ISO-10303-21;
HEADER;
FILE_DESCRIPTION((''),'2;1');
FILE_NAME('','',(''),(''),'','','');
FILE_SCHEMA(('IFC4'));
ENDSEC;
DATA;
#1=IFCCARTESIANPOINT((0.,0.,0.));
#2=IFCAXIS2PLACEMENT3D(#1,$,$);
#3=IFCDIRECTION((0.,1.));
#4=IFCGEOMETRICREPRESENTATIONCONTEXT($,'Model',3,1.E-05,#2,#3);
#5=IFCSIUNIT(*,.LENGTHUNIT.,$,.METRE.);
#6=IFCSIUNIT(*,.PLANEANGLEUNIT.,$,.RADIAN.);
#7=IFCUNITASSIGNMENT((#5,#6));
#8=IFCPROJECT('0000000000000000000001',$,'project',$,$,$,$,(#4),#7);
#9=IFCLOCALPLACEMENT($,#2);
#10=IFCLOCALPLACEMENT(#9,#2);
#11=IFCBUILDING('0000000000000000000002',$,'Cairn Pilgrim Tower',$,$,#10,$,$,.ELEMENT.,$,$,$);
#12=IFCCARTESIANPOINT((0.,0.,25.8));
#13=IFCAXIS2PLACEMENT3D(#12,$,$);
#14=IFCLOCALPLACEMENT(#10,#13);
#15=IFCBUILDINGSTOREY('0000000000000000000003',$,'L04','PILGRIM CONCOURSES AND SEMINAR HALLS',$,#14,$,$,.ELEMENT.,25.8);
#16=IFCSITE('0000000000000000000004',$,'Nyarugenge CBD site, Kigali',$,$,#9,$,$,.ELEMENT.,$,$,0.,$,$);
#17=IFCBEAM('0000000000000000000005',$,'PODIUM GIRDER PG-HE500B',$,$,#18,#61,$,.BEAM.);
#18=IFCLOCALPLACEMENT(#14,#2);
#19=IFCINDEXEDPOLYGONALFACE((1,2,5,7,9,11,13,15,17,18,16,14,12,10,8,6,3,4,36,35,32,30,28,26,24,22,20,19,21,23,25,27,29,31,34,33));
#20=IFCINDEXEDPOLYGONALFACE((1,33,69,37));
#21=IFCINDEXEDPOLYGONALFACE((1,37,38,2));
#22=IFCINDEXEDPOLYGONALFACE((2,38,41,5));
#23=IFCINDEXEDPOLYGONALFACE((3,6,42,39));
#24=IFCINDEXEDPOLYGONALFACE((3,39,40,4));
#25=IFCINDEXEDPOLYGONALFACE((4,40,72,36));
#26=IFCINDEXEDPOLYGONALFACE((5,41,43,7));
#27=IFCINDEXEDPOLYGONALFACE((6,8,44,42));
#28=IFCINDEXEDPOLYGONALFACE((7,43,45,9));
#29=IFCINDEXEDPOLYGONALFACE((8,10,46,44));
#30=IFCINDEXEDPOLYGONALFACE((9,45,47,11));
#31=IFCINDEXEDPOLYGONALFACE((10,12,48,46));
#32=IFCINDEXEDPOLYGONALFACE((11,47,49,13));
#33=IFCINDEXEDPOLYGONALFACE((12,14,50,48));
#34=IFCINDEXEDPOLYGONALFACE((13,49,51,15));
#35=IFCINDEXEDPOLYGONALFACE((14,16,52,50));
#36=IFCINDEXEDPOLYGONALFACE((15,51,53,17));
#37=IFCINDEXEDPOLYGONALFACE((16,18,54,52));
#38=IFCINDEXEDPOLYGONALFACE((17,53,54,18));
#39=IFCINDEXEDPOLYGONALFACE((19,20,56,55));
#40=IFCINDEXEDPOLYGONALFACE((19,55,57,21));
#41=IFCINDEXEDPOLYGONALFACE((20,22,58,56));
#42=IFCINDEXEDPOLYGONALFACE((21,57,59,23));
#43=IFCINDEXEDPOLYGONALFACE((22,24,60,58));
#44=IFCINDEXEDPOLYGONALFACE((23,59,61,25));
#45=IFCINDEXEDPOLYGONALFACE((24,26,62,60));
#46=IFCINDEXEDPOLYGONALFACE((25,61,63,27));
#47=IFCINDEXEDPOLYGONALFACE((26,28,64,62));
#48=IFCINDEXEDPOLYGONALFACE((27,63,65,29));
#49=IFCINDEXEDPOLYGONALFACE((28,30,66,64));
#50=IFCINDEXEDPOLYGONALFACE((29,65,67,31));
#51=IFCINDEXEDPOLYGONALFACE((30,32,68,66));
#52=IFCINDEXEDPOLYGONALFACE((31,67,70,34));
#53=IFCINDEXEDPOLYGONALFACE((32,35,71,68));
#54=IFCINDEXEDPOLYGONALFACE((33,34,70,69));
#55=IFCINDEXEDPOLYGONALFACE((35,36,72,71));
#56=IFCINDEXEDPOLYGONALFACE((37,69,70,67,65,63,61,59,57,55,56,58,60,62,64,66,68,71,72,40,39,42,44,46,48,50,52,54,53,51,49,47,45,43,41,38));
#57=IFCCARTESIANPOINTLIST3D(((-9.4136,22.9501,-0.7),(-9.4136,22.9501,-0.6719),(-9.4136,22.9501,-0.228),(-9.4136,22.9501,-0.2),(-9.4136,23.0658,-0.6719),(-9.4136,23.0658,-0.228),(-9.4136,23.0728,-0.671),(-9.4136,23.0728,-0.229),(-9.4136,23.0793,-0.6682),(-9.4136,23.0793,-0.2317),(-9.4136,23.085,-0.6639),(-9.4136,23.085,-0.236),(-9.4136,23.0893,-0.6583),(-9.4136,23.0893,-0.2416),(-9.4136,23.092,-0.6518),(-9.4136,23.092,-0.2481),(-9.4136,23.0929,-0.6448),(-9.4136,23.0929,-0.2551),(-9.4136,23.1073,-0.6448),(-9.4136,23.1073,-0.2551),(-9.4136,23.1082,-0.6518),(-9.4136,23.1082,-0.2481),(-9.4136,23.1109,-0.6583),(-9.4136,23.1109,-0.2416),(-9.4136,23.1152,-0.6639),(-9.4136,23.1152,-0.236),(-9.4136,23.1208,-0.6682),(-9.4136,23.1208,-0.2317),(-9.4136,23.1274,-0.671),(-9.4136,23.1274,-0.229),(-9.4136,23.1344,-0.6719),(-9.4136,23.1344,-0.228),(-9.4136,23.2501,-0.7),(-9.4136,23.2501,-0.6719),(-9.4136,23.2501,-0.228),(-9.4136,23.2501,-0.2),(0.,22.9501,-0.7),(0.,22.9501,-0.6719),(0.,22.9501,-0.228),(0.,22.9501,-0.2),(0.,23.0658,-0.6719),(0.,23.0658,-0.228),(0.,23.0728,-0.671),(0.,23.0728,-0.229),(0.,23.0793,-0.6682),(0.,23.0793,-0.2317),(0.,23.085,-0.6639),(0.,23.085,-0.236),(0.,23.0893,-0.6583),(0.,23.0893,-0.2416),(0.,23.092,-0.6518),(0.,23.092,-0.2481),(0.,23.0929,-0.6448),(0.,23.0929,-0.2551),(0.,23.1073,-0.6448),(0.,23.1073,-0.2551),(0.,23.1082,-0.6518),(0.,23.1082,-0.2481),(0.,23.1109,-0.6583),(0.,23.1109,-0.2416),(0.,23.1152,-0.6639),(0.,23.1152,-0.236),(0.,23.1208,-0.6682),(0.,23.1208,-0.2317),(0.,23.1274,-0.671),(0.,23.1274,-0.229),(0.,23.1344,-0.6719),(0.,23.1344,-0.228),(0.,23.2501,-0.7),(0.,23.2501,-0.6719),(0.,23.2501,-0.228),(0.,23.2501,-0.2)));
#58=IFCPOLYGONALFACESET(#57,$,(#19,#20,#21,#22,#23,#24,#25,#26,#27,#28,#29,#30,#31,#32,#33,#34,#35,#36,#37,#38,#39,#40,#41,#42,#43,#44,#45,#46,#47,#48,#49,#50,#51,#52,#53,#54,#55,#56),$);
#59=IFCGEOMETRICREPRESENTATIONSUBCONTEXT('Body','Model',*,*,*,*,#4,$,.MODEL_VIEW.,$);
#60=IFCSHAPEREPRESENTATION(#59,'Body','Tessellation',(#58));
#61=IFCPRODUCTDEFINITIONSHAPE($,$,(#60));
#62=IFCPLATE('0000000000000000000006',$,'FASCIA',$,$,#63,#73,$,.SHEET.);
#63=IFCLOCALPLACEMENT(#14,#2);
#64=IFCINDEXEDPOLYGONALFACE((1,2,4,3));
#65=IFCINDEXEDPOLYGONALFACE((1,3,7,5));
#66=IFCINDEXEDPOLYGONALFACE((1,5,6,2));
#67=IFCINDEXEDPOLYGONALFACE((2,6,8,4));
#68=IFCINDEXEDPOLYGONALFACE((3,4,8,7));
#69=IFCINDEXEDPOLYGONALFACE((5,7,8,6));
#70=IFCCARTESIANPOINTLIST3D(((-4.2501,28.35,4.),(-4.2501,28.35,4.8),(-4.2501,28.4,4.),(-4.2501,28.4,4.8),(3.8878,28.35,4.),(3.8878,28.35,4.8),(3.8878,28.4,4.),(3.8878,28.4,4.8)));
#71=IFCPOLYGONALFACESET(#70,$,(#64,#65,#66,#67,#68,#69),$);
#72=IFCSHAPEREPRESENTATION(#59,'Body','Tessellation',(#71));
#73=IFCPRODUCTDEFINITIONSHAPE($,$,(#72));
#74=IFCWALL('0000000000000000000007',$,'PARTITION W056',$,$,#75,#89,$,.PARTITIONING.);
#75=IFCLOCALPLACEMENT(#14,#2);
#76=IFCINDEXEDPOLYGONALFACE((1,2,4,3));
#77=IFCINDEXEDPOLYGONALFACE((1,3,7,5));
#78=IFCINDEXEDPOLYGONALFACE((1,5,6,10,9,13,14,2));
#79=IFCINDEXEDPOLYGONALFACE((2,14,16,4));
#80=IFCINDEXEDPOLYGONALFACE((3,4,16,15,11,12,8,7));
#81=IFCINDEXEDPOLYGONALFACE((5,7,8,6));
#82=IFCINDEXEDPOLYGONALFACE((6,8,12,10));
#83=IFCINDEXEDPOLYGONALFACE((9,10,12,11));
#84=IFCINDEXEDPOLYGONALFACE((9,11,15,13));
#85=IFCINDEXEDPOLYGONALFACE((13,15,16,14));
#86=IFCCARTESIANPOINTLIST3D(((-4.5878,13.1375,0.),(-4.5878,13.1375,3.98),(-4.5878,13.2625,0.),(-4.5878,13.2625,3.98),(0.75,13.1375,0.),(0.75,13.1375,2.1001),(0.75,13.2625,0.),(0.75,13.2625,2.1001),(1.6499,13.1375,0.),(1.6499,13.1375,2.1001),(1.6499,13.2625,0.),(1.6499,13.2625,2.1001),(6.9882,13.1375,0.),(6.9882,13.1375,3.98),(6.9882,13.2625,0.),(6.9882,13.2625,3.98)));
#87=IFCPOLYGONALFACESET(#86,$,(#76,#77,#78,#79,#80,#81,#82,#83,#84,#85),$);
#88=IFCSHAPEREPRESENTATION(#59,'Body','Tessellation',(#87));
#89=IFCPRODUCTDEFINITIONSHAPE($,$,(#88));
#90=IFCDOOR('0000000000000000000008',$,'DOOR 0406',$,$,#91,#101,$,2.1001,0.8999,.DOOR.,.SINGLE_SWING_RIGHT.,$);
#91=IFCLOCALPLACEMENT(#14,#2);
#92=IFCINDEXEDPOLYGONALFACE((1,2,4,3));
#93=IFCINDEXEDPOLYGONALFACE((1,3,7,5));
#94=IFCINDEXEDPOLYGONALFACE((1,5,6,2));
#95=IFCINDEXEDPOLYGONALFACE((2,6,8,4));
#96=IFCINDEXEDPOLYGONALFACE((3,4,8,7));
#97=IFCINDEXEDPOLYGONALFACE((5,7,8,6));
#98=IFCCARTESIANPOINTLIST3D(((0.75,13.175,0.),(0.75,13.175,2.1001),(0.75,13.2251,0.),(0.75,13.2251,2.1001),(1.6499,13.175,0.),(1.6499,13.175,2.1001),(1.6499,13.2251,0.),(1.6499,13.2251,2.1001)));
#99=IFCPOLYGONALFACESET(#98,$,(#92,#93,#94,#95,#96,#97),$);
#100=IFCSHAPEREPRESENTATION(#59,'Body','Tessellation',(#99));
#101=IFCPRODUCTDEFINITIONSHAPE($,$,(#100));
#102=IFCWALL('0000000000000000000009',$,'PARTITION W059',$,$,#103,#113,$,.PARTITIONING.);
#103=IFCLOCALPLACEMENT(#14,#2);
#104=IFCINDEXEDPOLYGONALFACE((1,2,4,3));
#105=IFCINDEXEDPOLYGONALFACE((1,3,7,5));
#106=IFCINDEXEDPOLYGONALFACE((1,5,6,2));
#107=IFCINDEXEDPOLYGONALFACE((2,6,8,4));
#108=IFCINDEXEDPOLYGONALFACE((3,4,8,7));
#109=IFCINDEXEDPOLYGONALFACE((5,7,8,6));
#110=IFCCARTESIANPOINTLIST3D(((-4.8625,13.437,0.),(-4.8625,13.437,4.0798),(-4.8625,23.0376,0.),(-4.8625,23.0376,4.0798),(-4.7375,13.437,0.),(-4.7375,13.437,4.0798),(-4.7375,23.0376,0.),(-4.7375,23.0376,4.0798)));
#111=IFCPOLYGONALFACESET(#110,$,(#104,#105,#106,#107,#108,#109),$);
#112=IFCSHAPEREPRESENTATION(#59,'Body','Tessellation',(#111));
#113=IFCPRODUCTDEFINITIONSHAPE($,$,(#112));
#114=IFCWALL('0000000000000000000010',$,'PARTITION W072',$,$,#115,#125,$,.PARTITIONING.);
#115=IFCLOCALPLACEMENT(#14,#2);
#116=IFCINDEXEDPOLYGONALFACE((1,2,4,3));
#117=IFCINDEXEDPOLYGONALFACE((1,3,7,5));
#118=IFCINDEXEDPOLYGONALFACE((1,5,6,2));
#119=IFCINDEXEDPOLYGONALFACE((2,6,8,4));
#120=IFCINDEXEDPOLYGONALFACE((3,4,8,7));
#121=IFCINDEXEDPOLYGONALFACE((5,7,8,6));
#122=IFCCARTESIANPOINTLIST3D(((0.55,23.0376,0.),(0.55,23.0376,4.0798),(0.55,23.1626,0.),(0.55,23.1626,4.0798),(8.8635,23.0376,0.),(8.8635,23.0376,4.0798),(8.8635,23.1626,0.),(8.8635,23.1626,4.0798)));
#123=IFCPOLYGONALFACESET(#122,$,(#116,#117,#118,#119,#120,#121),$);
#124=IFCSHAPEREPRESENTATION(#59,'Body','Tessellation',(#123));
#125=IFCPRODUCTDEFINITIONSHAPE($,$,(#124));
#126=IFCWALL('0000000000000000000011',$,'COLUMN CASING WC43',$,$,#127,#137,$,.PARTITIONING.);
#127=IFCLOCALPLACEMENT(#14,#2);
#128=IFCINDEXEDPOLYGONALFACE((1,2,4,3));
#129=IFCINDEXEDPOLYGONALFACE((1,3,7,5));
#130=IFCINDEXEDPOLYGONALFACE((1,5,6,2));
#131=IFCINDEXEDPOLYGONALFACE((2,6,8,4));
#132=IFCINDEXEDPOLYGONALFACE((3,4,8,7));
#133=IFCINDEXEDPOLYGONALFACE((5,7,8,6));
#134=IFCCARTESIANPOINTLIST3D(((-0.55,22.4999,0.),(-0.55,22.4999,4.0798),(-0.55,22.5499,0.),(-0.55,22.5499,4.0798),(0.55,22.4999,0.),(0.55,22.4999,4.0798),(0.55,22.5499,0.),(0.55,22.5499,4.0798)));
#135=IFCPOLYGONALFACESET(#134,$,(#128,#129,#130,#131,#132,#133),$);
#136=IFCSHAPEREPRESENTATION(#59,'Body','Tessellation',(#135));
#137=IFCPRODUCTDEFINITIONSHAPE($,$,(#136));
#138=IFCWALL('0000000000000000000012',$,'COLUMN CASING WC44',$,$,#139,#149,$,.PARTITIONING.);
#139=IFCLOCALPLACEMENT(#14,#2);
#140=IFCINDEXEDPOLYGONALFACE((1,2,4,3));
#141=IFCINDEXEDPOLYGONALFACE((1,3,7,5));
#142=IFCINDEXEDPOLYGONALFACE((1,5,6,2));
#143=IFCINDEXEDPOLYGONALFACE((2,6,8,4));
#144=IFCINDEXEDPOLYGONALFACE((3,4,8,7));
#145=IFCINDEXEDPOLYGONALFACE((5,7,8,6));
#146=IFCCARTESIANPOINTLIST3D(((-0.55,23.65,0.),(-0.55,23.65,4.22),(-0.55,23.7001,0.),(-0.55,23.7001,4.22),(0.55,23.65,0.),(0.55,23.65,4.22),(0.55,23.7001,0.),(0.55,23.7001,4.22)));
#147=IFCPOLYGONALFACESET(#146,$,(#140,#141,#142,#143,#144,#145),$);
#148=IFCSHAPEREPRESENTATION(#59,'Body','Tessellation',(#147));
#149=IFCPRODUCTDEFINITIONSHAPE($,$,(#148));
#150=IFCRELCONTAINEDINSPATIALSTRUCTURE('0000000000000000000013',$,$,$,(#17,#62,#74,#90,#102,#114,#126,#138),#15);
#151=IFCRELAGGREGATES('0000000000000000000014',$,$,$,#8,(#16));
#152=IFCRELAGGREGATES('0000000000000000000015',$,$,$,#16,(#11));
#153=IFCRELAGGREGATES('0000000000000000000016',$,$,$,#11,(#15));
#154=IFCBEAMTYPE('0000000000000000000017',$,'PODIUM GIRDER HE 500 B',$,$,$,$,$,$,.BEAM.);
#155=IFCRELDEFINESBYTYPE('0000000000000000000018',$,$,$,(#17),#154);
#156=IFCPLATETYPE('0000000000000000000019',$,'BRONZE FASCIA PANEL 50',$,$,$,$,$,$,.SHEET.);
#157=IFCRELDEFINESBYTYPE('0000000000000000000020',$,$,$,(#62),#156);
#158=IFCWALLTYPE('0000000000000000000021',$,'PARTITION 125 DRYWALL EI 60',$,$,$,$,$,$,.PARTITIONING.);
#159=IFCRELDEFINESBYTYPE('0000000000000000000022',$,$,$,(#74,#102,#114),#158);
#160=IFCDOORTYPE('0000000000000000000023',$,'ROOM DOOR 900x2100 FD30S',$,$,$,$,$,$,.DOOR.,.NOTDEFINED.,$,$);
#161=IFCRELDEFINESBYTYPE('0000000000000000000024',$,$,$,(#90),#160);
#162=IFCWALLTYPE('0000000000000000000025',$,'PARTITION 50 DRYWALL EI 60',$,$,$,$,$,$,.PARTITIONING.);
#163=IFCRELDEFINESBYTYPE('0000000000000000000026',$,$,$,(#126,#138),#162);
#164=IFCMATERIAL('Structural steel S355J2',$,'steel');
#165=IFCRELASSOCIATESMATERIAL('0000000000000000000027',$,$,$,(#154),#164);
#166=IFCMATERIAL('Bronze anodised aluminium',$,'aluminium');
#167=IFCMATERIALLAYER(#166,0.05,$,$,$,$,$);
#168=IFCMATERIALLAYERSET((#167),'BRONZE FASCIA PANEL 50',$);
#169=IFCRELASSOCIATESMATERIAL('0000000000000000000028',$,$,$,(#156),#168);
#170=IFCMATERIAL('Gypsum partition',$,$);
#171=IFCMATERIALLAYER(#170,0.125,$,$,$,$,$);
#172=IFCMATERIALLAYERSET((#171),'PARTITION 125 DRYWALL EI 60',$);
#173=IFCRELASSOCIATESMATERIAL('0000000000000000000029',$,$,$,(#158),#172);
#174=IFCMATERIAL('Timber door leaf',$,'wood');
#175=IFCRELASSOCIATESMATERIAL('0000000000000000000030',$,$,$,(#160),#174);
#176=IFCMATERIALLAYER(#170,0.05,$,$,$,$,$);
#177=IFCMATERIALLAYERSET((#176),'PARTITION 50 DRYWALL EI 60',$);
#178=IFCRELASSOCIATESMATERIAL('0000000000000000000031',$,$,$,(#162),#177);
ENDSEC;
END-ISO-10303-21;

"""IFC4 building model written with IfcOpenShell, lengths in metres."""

from ifc_helpers import new_model, si_unit, direction, frame, frame_2d, origin, origin_2d, place, context, subcontext, project, spatial, rectangle, i_section, extrude, material, layer, layer_set, material_profile, profile_set, type_object, element, fill, save


model = new_model("IFC4")

# Units and contexts
model_context = context("Model", 3, precision=1e-05, world=origin(), true_north=direction((0.0, 1.0)))
body_context = subcontext(model_context, "Body", "Model", "MODEL_VIEW")
ifc_project = project(units=[si_unit("LENGTHUNIT", "METRE"), si_unit("PLANEANGLEUNIT", "RADIAN")], contexts=[model_context])

# Site, building, storey
site_placement = place(None, origin())
site = spatial("IfcSite", under=ifc_project, at=site_placement, Name="Nyarugenge CBD site, Kigali", CompositionType="ELEMENT", RefElevation=0.0)
building_placement = place(site_placement, origin())
building = spatial("IfcBuilding", under=site, at=building_placement, Name="Cairn Pilgrim Tower", CompositionType="ELEMENT")
storey_placement = place(building_placement, frame((0.0, 0.0, 25.8)))
storey = spatial("IfcBuildingStorey", under=building, at=storey_placement, Name="L04", Description="PILGRIM CONCOURSES AND SEMINAR HALLS", CompositionType="ELEMENT", Elevation=25.8)

# Beam
ifc_material_1 = material(Name="Structural steel S355J2", Category="steel")
ifc_material_profile_1 = material_profile(ifc_material_1, i_section(OverallWidth=0.3, OverallDepth=0.5, WebThickness=0.0144, FlangeThickness=0.0281, FilletRadius=0.0271, at=origin_2d()), Name="HEB 500")
ifc_profile_set_1 = profile_set([ifc_material_profile_1], Name="Structural steel S355J2")
beam_type_1 = type_object("IfcBeamType", Name="PODIUM GIRDER HE 500 B", PredefinedType="BEAM", material=ifc_profile_set_1)
beam_1_placement = place(storey_placement, frame((0.0, 23.1001, -0.45), z_axis=(-1.0, 0.0, 0.0), x_axis=(0.0, -1.0, 0.0)))
element("IfcBeam", 1, at=beam_1_placement, inside=storey, type_object=beam_type_1, Name="PODIUM GIRDER PG-HE500B", PredefinedType="BEAM", context=body_context, shape_type="SweptSolid", body=[
    extrude(i_section(OverallWidth=0.3, OverallDepth=0.5, WebThickness=0.0144, FlangeThickness=0.0281, FilletRadius=0.0271, at=origin_2d()), origin(), (0.0, 0.0, 1.0), 9.4136),
])

# Plate
ifc_material_2 = material(Name="Bronze anodised aluminium", Category="aluminium")
ifc_layer_1 = layer(ifc_material_2, 0.05)
ifc_layer_set_1 = layer_set([ifc_layer_1], Name="BRONZE FASCIA PANEL 50")
plate_type = type_object("IfcPlateType", Name="BRONZE FASCIA PANEL 50", PredefinedType="SHEET", material=ifc_layer_set_1)
plate_placement = place(storey_placement, frame((-0.1812, 28.375, 4.0), z_axis=(0.0, 0.0, 1.0), x_axis=(-1.0, 0.0, 0.0)))
element("IfcPlate", 2, at=plate_placement, inside=storey, type_object=plate_type, Name="FASCIA", PredefinedType="SHEET", context=body_context, shape_type="SweptSolid", body=[
    extrude(rectangle(XDim=8.1379, YDim=0.05, at=origin_2d()), origin(), (0.0, 0.0, 1.0), 0.8),
])

# Wall, opening, door
ifc_material_3 = material(Name="Gypsum partition")
ifc_layer_2 = layer(ifc_material_3, 0.125)
ifc_layer_set_2 = layer_set([ifc_layer_2], Name="PARTITION 125 DRYWALL EI 60")
wall_type_1 = type_object("IfcWallType", Name="PARTITION 125 DRYWALL EI 60", PredefinedType="PARTITIONING", material=ifc_layer_set_2)
wall_1_placement = place(storey_placement, frame((-4.5879, 13.2, 0.0), z_axis=(0.0, 0.0, 1.0), x_axis=(1.0, 0.0, 0.0)))
wall_1 = element("IfcWall", 3, at=wall_1_placement, inside=storey, type_object=wall_type_1, Name="PARTITION W056", PredefinedType="PARTITIONING", context=body_context, shape_type="SweptSolid", body=[
    extrude(rectangle(XDim=11.5759, YDim=0.125, at=frame_2d((5.7881, 0.0))), origin(), (0.0, 0.0, 1.0), 3.98),
])
opening_1_placement = place(wall_1_placement, frame((5.3379, 0.0, 0.0)))
opening_1 = element("IfcOpeningElement", 4, at=opening_1_placement, cuts=wall_1, PredefinedType="OPENING", context=body_context, shape_type="SweptSolid", body=[
    extrude(rectangle(XDim=0.8999, YDim=2.1001, at=frame_2d((0.45, 1.05))), frame((0.0, 0.0725, 0.0), z_axis=(0.0, -1.0, 0.0), x_axis=(1.0, 0.0, 0.0)), (0.0, 0.0, 1.0), 0.145),
])
ifc_material_4 = material(Name="Timber door leaf", Category="wood")
door_type = type_object("IfcDoorType", Name="ROOM DOOR 900x2100 FD30S", OperationType="NOTDEFINED", PredefinedType="DOOR", material=ifc_material_4)
door_placement = place(opening_1_placement, frame((0.8999, 0.0, 0.0), z_axis=(0.0, 0.0, 1.0), x_axis=(-1.0, 0.0, 0.0)))
door = element("IfcDoor", 5, at=door_placement, inside=storey, type_object=door_type, Name="DOOR 0406", OperationType="SINGLE_SWING_RIGHT", OverallHeight=2.1001, OverallWidth=0.8999, PredefinedType="DOOR", context=body_context, shape_type="SweptSolid", body=[
    extrude(rectangle(XDim=0.8999, YDim=2.1001, at=frame_2d((0.45, 1.05))), frame((0.0, 0.0249, 0.0), z_axis=(0.0, -1.0, 0.0), x_axis=(1.0, 0.0, 0.0)), (0.0, 0.0, 1.0), 0.05),
])
fill(opening_1, door)

# Walls
wall_2_placement = place(storey_placement, frame((-4.8, 13.437, 0.0), z_axis=(0.0, 0.0, 1.0), x_axis=(0.0, 1.0, 0.0)))
element("IfcWall", 6, at=wall_2_placement, inside=storey, type_object=wall_type_1, Name="PARTITION W059", PredefinedType="PARTITIONING", context=body_context, shape_type="SweptSolid", body=[
    extrude(rectangle(XDim=9.6006, YDim=0.125, at=frame_2d((4.8003, 0.0))), origin(), (0.0, 0.0, 1.0), 4.0798),
])
wall_3_placement = place(storey_placement, frame((0.55, 23.1001, 0.0), z_axis=(0.0, 0.0, 1.0), x_axis=(1.0, 0.0, 0.0)))
element("IfcWall", 7, at=wall_3_placement, inside=storey, type_object=wall_type_1, Name="PARTITION W072", PredefinedType="PARTITIONING", context=body_context, shape_type="SweptSolid", body=[
    extrude(rectangle(XDim=8.3135, YDim=0.125, at=frame_2d((4.1567, 0.0))), origin(), (0.0, 0.0, 1.0), 4.0798),
])
ifc_layer_3 = layer(ifc_material_3, 0.05)
ifc_layer_set_3 = layer_set([ifc_layer_3], Name="PARTITION 50 DRYWALL EI 60")
wall_type_2 = type_object("IfcWallType", Name="PARTITION 50 DRYWALL EI 60", PredefinedType="PARTITIONING", material=ifc_layer_set_3)
wall_4_placement = place(storey_placement, frame((-0.55, 22.5249, 0.0), z_axis=(0.0, 0.0, 1.0), x_axis=(1.0, 0.0, 0.0)))
element("IfcWall", 8, at=wall_4_placement, inside=storey, type_object=wall_type_2, Name="COLUMN CASING WC43", PredefinedType="PARTITIONING", context=body_context, shape_type="SweptSolid", body=[
    extrude(rectangle(XDim=1.1001, YDim=0.05, at=frame_2d((0.55, 0.0))), origin(), (0.0, 0.0, 1.0), 4.0798),
])
wall_5_placement = place(storey_placement, frame((-0.55, 23.675, 0.0), z_axis=(0.0, 0.0, 1.0), x_axis=(1.0, 0.0, 0.0)))
element("IfcWall", 9, at=wall_5_placement, inside=storey, type_object=wall_type_2, Name="COLUMN CASING WC44", PredefinedType="PARTITIONING", context=body_context, shape_type="SweptSolid", body=[
    extrude(rectangle(XDim=1.1001, YDim=0.05, at=frame_2d((0.55, 0.0))), origin(), (0.0, 0.0, 1.0), 4.22),
])

save(model, "model.ifc")
